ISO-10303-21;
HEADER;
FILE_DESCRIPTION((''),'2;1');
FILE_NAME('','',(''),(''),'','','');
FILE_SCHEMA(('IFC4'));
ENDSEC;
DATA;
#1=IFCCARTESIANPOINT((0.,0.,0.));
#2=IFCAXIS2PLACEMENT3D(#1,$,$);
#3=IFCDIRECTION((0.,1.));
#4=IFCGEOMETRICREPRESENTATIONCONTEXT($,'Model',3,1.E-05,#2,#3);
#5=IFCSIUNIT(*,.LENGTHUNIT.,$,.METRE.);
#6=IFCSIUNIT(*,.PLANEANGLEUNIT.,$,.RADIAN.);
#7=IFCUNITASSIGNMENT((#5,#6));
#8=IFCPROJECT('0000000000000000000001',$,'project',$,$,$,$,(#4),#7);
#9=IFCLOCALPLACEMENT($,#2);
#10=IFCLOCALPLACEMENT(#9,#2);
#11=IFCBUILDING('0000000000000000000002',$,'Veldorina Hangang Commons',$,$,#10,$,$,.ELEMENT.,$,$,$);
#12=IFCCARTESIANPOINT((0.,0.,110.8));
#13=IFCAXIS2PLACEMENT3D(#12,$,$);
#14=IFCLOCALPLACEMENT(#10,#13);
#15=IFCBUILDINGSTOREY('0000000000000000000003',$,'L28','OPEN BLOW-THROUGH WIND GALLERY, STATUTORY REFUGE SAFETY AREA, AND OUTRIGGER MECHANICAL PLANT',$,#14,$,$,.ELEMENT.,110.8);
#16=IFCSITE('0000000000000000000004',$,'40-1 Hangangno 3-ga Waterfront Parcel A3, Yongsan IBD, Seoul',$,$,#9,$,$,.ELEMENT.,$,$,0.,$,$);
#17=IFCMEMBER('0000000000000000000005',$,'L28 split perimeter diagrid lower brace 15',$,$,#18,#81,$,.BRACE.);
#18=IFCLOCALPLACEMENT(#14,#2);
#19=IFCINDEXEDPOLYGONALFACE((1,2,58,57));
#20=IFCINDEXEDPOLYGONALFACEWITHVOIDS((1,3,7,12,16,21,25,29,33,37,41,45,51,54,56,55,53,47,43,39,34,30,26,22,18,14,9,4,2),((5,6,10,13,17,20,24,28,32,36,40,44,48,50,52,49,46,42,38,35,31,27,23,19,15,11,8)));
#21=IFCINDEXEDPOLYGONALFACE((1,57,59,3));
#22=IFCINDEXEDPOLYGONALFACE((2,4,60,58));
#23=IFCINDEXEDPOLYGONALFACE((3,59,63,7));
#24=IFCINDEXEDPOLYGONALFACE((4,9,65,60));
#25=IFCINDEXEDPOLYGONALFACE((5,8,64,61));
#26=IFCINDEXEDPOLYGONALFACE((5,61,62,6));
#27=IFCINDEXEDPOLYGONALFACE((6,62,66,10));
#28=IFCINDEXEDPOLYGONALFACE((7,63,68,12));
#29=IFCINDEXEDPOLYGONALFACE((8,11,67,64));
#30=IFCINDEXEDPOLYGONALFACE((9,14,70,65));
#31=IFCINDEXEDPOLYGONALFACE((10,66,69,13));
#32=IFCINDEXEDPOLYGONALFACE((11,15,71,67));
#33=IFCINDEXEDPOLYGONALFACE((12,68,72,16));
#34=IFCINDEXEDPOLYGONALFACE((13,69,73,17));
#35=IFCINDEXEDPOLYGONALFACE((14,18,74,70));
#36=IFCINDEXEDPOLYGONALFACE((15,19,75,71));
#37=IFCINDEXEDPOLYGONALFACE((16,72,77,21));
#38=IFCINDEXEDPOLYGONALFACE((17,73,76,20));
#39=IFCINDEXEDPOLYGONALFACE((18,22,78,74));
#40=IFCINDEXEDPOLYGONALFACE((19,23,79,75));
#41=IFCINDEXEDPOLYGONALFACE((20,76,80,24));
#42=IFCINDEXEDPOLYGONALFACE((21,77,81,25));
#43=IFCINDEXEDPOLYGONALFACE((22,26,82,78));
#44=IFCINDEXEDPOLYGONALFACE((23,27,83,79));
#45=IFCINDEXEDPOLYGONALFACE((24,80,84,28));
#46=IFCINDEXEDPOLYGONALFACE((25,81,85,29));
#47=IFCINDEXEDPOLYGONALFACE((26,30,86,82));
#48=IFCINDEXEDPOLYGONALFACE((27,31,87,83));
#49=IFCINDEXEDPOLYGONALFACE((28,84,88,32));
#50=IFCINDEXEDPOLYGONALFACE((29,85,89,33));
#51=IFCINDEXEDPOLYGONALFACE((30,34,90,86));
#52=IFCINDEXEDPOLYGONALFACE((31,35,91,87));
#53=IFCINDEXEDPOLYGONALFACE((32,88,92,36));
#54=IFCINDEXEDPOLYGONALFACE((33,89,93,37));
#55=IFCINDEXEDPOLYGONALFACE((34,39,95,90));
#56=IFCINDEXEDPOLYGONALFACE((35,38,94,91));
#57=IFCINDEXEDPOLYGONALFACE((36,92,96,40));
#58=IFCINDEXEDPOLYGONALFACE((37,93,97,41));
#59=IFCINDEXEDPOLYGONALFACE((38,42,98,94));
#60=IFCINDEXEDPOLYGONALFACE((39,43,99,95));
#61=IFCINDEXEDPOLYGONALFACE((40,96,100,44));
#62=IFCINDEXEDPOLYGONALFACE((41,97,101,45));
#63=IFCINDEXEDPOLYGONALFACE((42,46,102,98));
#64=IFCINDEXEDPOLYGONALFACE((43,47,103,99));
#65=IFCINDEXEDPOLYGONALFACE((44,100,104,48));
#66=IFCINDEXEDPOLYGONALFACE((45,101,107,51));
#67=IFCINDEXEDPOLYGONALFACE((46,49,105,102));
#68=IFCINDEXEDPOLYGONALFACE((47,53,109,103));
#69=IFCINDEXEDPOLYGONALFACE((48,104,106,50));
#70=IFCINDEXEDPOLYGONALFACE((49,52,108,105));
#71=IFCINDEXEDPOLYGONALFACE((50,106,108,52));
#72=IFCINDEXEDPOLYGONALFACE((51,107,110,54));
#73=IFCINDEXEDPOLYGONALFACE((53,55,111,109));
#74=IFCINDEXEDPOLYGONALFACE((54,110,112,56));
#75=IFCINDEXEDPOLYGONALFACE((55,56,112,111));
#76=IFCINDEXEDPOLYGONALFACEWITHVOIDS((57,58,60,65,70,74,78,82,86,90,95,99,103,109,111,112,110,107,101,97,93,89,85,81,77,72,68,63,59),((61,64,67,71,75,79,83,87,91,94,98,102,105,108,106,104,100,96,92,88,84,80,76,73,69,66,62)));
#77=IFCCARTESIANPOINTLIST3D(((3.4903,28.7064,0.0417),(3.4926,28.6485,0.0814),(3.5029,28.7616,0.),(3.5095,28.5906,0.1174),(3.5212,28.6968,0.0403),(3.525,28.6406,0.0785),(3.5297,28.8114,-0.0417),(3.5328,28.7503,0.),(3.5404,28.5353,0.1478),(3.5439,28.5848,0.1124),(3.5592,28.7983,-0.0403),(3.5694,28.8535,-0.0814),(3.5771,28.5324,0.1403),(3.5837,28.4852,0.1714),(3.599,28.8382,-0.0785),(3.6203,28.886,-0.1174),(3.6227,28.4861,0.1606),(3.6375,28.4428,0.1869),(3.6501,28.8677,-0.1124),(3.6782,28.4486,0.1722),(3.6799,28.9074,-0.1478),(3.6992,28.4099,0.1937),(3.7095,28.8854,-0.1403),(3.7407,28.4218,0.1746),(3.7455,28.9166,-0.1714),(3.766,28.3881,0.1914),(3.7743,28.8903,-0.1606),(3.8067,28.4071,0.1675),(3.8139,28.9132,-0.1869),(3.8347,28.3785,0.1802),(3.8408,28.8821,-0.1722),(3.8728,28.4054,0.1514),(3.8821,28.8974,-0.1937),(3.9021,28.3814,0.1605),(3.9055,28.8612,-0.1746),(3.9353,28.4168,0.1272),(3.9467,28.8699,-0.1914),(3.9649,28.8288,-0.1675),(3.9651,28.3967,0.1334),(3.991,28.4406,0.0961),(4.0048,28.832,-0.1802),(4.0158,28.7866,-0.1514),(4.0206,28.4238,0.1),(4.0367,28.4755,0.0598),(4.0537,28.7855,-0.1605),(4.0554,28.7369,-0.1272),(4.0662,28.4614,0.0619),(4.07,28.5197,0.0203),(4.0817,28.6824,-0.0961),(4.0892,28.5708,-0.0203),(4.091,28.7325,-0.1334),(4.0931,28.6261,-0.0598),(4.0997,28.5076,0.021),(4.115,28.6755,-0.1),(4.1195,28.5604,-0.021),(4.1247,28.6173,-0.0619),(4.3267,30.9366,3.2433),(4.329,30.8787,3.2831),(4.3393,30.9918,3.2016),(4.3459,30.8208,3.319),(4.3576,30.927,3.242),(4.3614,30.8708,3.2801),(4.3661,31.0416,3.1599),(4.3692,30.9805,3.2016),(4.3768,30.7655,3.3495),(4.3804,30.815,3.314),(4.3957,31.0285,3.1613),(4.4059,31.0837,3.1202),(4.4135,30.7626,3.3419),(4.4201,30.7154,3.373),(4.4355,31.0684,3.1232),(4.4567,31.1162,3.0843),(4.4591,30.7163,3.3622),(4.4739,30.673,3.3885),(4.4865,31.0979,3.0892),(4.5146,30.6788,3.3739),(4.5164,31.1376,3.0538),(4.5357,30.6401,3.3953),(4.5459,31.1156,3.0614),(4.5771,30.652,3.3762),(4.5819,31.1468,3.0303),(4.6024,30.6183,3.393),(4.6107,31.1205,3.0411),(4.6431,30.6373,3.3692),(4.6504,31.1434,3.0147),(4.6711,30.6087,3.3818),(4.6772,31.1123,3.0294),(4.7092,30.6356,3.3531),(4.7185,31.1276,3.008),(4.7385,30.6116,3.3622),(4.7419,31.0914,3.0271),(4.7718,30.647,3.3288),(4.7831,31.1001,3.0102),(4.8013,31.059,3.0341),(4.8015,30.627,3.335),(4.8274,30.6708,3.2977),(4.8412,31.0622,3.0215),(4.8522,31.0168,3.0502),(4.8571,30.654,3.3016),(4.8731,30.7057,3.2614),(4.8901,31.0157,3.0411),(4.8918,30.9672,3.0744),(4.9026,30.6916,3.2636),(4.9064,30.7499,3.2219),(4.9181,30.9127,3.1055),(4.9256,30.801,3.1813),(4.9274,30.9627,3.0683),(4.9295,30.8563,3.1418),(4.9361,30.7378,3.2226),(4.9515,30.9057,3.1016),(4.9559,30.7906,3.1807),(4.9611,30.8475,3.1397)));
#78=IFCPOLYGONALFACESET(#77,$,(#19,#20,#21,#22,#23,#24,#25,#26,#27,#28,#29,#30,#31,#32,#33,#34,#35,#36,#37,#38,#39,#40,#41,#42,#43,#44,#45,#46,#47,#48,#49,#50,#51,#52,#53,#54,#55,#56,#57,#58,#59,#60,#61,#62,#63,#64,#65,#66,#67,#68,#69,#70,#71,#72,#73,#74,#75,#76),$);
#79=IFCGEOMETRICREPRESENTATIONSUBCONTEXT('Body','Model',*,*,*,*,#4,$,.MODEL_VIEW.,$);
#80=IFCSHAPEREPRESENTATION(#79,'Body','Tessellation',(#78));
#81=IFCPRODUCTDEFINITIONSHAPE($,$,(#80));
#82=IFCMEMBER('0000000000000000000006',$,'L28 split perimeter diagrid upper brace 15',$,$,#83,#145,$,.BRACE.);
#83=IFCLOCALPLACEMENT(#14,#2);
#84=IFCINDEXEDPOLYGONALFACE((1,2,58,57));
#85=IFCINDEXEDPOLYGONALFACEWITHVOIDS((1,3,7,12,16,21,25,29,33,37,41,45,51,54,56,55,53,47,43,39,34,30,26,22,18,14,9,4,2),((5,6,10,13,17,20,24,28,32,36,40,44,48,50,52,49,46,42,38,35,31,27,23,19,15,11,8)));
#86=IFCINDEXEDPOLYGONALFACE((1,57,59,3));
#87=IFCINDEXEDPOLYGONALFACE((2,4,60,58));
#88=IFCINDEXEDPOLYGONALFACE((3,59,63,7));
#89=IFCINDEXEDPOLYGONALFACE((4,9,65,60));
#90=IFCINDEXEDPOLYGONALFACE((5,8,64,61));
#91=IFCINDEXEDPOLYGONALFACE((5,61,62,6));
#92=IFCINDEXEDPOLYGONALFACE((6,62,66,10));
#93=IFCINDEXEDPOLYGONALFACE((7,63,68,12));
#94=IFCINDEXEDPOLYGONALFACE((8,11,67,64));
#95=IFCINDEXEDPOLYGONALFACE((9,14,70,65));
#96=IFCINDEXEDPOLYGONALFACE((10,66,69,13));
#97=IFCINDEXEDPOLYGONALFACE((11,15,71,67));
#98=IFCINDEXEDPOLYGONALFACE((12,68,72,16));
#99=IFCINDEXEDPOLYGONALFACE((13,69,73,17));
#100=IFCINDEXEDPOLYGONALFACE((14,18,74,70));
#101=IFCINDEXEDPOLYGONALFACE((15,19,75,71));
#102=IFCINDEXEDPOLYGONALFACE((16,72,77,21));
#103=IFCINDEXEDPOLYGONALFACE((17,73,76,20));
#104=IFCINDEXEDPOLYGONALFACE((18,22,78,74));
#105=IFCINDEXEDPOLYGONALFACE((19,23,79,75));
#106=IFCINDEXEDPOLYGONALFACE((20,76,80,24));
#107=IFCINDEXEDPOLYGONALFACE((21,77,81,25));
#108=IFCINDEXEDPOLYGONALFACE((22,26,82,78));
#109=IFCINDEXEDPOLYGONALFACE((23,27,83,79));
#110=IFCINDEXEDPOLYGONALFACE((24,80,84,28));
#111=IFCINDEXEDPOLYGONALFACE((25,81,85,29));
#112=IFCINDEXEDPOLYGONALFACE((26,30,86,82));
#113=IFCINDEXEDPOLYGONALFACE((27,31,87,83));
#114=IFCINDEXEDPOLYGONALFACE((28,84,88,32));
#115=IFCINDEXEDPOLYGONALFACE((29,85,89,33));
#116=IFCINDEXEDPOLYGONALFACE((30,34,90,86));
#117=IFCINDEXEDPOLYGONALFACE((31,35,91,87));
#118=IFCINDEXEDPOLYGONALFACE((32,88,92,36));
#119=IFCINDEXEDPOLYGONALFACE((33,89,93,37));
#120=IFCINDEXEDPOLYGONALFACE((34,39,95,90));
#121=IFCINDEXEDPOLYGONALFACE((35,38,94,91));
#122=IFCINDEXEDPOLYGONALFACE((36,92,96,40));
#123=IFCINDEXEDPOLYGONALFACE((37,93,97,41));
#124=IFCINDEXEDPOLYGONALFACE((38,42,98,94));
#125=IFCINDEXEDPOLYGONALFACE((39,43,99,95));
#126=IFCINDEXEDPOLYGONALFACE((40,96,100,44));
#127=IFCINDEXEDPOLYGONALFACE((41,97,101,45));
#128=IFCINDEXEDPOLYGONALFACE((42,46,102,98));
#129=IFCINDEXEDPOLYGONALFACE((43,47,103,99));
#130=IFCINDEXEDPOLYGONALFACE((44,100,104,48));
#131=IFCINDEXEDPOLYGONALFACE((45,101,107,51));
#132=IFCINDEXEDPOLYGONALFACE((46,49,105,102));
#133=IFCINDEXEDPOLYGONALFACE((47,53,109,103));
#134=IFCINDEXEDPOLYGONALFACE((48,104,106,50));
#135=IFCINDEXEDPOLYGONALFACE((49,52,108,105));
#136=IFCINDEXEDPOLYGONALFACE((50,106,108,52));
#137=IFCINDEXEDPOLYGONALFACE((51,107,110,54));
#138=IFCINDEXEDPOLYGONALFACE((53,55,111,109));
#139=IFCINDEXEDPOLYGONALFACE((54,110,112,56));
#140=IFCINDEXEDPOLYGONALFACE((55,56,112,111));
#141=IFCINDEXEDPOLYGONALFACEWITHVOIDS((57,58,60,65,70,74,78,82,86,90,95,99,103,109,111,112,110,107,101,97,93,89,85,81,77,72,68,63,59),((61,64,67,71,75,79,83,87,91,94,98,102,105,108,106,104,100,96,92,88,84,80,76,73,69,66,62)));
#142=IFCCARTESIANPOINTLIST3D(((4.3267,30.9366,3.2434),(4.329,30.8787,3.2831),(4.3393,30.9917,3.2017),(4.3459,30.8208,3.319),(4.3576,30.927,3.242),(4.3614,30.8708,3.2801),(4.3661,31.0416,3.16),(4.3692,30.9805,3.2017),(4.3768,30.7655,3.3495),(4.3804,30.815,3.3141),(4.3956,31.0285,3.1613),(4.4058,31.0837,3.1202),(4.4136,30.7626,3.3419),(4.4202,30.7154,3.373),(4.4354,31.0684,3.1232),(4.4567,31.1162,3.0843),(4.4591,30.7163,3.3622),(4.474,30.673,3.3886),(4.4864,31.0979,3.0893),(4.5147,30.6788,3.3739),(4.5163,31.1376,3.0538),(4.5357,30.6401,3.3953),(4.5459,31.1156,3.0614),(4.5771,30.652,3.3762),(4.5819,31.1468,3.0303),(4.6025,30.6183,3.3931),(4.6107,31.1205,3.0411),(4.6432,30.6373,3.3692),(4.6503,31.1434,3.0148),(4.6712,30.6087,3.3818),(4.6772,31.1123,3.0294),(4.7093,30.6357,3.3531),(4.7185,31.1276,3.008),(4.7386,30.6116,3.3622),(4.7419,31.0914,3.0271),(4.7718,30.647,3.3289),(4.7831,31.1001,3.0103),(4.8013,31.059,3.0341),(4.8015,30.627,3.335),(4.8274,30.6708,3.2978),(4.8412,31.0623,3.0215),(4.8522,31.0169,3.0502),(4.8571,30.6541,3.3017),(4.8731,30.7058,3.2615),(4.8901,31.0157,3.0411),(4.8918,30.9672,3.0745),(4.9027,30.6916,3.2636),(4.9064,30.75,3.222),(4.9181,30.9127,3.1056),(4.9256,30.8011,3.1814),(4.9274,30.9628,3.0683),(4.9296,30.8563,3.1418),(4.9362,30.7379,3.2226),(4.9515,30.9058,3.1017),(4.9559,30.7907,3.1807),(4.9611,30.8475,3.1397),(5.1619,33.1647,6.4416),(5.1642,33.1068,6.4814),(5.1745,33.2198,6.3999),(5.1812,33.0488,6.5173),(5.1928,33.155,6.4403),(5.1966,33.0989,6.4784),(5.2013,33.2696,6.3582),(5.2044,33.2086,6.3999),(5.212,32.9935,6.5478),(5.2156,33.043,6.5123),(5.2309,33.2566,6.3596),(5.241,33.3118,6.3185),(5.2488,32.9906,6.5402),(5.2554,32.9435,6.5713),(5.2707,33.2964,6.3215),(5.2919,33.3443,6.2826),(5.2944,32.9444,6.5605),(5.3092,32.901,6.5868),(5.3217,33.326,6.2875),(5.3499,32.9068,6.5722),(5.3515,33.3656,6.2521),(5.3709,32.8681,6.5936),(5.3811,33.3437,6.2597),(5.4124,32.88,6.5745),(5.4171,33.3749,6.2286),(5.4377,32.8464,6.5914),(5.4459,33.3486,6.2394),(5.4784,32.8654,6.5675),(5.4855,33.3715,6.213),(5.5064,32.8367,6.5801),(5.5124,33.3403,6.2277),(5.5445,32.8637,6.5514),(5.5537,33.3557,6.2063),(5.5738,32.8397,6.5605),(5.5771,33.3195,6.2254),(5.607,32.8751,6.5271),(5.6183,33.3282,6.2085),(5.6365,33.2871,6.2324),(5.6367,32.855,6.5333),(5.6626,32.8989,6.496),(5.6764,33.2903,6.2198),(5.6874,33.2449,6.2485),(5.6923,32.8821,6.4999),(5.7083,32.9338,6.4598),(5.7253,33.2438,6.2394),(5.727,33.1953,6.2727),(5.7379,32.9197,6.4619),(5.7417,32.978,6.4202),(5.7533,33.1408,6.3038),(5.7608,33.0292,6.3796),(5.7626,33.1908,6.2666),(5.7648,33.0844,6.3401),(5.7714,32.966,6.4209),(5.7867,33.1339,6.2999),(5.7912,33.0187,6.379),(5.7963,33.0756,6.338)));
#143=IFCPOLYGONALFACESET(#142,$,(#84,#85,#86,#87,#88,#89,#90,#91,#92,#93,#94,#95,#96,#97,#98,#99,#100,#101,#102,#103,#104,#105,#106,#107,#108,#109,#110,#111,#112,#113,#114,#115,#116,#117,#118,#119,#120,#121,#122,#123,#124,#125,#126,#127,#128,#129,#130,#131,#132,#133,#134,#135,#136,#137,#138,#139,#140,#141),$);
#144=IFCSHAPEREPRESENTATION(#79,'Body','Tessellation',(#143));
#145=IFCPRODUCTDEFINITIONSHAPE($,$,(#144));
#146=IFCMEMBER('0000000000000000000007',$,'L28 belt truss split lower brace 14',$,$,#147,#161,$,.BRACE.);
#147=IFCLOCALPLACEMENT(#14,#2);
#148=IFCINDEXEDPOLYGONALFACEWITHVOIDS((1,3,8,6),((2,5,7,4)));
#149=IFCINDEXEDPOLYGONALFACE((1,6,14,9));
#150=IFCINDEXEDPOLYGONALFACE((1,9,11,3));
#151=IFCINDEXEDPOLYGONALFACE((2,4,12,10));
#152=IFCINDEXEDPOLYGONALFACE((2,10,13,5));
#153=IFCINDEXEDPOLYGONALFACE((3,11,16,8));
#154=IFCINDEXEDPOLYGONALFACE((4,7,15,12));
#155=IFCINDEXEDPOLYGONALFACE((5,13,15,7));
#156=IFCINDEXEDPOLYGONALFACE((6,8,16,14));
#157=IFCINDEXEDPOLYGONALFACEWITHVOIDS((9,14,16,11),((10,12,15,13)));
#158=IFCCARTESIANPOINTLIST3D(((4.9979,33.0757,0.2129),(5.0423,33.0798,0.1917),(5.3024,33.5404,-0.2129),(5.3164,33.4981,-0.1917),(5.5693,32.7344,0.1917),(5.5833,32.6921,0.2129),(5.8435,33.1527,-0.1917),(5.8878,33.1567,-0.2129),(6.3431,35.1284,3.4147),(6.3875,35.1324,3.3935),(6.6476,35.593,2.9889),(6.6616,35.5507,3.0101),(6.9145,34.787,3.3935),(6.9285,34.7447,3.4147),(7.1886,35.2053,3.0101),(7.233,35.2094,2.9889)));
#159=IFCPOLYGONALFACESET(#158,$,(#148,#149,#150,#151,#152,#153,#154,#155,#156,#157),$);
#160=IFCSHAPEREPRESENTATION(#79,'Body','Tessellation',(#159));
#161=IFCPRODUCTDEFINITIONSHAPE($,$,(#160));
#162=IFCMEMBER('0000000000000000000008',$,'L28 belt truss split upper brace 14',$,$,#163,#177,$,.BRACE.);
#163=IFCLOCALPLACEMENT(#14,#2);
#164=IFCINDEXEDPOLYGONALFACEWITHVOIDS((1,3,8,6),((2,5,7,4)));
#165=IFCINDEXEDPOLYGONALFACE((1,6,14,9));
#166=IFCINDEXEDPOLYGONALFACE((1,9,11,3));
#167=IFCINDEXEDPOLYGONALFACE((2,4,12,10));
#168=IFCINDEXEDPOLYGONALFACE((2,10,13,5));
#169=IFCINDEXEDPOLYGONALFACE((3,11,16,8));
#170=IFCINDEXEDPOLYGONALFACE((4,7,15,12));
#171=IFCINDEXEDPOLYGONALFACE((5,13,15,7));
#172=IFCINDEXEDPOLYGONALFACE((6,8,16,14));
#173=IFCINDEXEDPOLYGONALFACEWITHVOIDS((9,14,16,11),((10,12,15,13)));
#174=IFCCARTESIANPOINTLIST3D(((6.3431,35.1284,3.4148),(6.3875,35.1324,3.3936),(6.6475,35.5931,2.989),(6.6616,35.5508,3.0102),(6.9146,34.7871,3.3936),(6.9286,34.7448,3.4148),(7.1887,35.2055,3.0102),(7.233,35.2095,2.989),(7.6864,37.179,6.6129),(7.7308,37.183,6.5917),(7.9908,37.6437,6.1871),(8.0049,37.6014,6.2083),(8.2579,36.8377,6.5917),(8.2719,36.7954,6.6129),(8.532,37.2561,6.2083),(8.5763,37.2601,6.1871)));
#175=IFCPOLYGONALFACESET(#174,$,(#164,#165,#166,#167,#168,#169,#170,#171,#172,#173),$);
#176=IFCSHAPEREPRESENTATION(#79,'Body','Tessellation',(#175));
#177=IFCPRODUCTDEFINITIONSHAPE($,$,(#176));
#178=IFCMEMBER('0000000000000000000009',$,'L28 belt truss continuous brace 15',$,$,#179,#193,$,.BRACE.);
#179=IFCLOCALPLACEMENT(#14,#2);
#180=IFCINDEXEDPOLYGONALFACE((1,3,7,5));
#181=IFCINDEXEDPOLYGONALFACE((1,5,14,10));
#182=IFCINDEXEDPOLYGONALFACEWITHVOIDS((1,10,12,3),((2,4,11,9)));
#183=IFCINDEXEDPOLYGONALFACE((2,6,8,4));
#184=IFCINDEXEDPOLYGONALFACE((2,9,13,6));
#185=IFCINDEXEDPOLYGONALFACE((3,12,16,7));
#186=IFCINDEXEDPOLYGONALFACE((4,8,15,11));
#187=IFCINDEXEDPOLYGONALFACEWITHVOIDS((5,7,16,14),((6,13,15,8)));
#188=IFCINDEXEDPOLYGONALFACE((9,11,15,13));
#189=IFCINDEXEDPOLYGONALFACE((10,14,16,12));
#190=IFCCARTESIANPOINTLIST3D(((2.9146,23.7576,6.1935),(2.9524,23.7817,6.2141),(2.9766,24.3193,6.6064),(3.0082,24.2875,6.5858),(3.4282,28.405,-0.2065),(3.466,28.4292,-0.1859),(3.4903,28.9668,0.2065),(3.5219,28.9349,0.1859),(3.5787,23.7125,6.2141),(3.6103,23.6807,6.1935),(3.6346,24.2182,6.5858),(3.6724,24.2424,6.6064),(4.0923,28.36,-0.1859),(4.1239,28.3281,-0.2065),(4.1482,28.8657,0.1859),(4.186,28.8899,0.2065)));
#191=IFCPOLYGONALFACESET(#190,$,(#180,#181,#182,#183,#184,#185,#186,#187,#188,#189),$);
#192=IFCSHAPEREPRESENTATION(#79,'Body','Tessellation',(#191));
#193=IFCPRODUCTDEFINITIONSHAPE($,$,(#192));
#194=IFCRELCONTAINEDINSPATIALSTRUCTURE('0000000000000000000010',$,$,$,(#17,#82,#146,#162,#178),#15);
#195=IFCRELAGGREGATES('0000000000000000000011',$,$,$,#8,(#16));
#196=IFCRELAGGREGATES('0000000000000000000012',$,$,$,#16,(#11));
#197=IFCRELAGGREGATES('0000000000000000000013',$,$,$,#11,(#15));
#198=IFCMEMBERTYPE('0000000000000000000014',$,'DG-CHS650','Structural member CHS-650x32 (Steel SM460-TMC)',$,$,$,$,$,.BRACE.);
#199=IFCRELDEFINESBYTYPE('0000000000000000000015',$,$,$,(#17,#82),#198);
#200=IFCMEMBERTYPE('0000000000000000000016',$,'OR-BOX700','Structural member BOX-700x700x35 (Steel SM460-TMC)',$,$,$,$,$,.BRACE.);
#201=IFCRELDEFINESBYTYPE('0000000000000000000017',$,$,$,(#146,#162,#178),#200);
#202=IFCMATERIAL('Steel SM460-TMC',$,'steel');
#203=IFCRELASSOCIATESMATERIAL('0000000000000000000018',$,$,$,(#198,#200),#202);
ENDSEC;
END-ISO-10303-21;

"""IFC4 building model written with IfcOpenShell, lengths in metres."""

from ifc_helpers import new_model, si_unit, direction, frame, origin, origin_2d, place, context, subcontext, project, spatial, hollow_rectangle, hollow_circle, extrude, material, material_profile, profile_set, type_object, element, save


model = new_model("IFC4")

# Units and contexts
model_context = context("Model", 3, precision=1e-05, world=origin(), true_north=direction((0.0, 1.0)))
body_context = subcontext(model_context, "Body", "Model", "MODEL_VIEW")
ifc_project = project(units=[si_unit("LENGTHUNIT", "METRE"), si_unit("PLANEANGLEUNIT", "RADIAN")], contexts=[model_context])

# Site, building, storey
site_placement = place(None, origin())
site = spatial("IfcSite", under=ifc_project, at=site_placement, Name="40-1 Hangangno 3-ga Waterfront Parcel A3, Yongsan IBD, Seoul", CompositionType="ELEMENT", RefElevation=0.0)
building_placement = place(site_placement, origin())
building = spatial("IfcBuilding", under=site, at=building_placement, Name="Veldorina Hangang Commons", CompositionType="ELEMENT")
storey_placement = place(building_placement, frame((0.0, 0.0, 110.8)))
storey = spatial("IfcBuildingStorey", under=building, at=storey_placement, Name="L28", Description="OPEN BLOW-THROUGH WIND GALLERY, STATUTORY REFUGE SAFETY AREA, AND OUTRIGGER MECHANICAL PLANT", CompositionType="ELEMENT", Elevation=110.8)

# Shared definitions
ifc_material_1 = material(Name="Steel SM460-TMC", Category="steel")

# Members
ifc_material_profile_1 = material_profile(ifc_material_1, hollow_circle(Radius=0.325, WallThickness=0.032, at=origin_2d()), Name="CHS-650x32")
ifc_profile_set_1 = profile_set([ifc_material_profile_1], Name="Steel SM460-TMC")
member_type_1 = type_object("IfcMemberType", Name="DG-CHS650", Description="Structural member CHS-650x32 (Steel SM460-TMC)", PredefinedType="BRACE", material=ifc_profile_set_1)
member_1_placement = place(storey_placement, frame((3.8071, 28.6475, 0.0), z_axis=(0.209604, 0.558883, 0.802319), x_axis=(-0.936317, 0.351157, 0.0)))
element("IfcMember", 1, at=member_1_placement, inside=storey, type_object=member_type_1, Name="L28 split perimeter diagrid lower brace 15", PredefinedType="BRACE", context=body_context, shape_type="SweptSolid", body=[
    extrude(hollow_circle(Radius=0.325, WallThickness=0.032, at=origin_2d()), origin(), (0.0, 0.0, 1.0), 3.9905),
])
member_2_placement = place(storey_placement, frame((4.6436, 30.8777, 3.2017), z_axis=(0.20952, 0.558924, 0.802313), x_axis=(-0.936371, 0.351011, 0.0)))
element("IfcMember", 2, at=member_2_placement, inside=storey, type_object=member_type_1, Name="L28 split perimeter diagrid upper brace 15", PredefinedType="BRACE", context=body_context, shape_type="SweptSolid", body=[
    extrude(hollow_circle(Radius=0.325, WallThickness=0.032, at=origin_2d()), origin(), (0.0, 0.0, 1.0), 3.9863),
])
ifc_material_profile_2 = material_profile(ifc_material_1, hollow_rectangle(XDim=0.7, YDim=0.7, WallThickness=0.0349, at=origin_2d()), Name="BOX-700x700x35")
ifc_profile_set_2 = profile_set([ifc_material_profile_2], Name="Steel SM460-TMC")
member_type_2 = type_object("IfcMemberType", Name="OR-BOX700", Description="Structural member BOX-700x700x35 (Steel SM460-TMC)", PredefinedType="BRACE", material=ifc_profile_set_2)
member_3_placement = place(storey_placement, frame((5.4429, 33.1162, 0.0), z_axis=(0.333445, 0.508821, 0.793672), x_axis=(-0.836401, 0.548117, 0.0)))
element("IfcMember", 3, at=member_3_placement, inside=storey, type_object=member_type_2, Name="L28 belt truss split lower brace 14", PredefinedType="BRACE", context=body_context, shape_type="SweptSolid", body=[
    extrude(hollow_rectangle(XDim=0.7, YDim=0.7, WallThickness=0.0349, at=origin_2d()), origin(), (0.0, 0.0, 1.0), 4.0342),
])
member_4_placement = place(storey_placement, frame((6.7881, 35.1689, 3.2019), z_axis=(0.333363, 0.508891, 0.793662), x_axis=(-0.836497, 0.547971, 0.0)))
element("IfcMember", 4, at=member_4_placement, inside=storey, type_object=member_type_2, Name="L28 belt truss split upper brace 14", PredefinedType="BRACE", context=body_context, shape_type="SweptSolid", body=[
    extrude(hollow_rectangle(XDim=0.7, YDim=0.7, WallThickness=0.0349, at=origin_2d()), origin(), (0.0, 0.0, 1.0), 4.0295),
])
member_5_placement = place(storey_placement, frame((3.8071, 28.6475, 0.0), z_axis=(-0.064808, -0.586356, 0.807457), x_axis=(0.993947, -0.109858, 0.0)))
element("IfcMember", 5, at=member_5_placement, inside=storey, type_object=member_type_2, Name="L28 belt truss continuous brace 15", PredefinedType="BRACE", context=body_context, shape_type="SweptSolid", body=[
    extrude(hollow_rectangle(XDim=0.7, YDim=0.7, WallThickness=0.0349, at=origin_2d()), origin(), (0.0, 0.0, 1.0), 7.926),
])

save(model, "model.ifc")
